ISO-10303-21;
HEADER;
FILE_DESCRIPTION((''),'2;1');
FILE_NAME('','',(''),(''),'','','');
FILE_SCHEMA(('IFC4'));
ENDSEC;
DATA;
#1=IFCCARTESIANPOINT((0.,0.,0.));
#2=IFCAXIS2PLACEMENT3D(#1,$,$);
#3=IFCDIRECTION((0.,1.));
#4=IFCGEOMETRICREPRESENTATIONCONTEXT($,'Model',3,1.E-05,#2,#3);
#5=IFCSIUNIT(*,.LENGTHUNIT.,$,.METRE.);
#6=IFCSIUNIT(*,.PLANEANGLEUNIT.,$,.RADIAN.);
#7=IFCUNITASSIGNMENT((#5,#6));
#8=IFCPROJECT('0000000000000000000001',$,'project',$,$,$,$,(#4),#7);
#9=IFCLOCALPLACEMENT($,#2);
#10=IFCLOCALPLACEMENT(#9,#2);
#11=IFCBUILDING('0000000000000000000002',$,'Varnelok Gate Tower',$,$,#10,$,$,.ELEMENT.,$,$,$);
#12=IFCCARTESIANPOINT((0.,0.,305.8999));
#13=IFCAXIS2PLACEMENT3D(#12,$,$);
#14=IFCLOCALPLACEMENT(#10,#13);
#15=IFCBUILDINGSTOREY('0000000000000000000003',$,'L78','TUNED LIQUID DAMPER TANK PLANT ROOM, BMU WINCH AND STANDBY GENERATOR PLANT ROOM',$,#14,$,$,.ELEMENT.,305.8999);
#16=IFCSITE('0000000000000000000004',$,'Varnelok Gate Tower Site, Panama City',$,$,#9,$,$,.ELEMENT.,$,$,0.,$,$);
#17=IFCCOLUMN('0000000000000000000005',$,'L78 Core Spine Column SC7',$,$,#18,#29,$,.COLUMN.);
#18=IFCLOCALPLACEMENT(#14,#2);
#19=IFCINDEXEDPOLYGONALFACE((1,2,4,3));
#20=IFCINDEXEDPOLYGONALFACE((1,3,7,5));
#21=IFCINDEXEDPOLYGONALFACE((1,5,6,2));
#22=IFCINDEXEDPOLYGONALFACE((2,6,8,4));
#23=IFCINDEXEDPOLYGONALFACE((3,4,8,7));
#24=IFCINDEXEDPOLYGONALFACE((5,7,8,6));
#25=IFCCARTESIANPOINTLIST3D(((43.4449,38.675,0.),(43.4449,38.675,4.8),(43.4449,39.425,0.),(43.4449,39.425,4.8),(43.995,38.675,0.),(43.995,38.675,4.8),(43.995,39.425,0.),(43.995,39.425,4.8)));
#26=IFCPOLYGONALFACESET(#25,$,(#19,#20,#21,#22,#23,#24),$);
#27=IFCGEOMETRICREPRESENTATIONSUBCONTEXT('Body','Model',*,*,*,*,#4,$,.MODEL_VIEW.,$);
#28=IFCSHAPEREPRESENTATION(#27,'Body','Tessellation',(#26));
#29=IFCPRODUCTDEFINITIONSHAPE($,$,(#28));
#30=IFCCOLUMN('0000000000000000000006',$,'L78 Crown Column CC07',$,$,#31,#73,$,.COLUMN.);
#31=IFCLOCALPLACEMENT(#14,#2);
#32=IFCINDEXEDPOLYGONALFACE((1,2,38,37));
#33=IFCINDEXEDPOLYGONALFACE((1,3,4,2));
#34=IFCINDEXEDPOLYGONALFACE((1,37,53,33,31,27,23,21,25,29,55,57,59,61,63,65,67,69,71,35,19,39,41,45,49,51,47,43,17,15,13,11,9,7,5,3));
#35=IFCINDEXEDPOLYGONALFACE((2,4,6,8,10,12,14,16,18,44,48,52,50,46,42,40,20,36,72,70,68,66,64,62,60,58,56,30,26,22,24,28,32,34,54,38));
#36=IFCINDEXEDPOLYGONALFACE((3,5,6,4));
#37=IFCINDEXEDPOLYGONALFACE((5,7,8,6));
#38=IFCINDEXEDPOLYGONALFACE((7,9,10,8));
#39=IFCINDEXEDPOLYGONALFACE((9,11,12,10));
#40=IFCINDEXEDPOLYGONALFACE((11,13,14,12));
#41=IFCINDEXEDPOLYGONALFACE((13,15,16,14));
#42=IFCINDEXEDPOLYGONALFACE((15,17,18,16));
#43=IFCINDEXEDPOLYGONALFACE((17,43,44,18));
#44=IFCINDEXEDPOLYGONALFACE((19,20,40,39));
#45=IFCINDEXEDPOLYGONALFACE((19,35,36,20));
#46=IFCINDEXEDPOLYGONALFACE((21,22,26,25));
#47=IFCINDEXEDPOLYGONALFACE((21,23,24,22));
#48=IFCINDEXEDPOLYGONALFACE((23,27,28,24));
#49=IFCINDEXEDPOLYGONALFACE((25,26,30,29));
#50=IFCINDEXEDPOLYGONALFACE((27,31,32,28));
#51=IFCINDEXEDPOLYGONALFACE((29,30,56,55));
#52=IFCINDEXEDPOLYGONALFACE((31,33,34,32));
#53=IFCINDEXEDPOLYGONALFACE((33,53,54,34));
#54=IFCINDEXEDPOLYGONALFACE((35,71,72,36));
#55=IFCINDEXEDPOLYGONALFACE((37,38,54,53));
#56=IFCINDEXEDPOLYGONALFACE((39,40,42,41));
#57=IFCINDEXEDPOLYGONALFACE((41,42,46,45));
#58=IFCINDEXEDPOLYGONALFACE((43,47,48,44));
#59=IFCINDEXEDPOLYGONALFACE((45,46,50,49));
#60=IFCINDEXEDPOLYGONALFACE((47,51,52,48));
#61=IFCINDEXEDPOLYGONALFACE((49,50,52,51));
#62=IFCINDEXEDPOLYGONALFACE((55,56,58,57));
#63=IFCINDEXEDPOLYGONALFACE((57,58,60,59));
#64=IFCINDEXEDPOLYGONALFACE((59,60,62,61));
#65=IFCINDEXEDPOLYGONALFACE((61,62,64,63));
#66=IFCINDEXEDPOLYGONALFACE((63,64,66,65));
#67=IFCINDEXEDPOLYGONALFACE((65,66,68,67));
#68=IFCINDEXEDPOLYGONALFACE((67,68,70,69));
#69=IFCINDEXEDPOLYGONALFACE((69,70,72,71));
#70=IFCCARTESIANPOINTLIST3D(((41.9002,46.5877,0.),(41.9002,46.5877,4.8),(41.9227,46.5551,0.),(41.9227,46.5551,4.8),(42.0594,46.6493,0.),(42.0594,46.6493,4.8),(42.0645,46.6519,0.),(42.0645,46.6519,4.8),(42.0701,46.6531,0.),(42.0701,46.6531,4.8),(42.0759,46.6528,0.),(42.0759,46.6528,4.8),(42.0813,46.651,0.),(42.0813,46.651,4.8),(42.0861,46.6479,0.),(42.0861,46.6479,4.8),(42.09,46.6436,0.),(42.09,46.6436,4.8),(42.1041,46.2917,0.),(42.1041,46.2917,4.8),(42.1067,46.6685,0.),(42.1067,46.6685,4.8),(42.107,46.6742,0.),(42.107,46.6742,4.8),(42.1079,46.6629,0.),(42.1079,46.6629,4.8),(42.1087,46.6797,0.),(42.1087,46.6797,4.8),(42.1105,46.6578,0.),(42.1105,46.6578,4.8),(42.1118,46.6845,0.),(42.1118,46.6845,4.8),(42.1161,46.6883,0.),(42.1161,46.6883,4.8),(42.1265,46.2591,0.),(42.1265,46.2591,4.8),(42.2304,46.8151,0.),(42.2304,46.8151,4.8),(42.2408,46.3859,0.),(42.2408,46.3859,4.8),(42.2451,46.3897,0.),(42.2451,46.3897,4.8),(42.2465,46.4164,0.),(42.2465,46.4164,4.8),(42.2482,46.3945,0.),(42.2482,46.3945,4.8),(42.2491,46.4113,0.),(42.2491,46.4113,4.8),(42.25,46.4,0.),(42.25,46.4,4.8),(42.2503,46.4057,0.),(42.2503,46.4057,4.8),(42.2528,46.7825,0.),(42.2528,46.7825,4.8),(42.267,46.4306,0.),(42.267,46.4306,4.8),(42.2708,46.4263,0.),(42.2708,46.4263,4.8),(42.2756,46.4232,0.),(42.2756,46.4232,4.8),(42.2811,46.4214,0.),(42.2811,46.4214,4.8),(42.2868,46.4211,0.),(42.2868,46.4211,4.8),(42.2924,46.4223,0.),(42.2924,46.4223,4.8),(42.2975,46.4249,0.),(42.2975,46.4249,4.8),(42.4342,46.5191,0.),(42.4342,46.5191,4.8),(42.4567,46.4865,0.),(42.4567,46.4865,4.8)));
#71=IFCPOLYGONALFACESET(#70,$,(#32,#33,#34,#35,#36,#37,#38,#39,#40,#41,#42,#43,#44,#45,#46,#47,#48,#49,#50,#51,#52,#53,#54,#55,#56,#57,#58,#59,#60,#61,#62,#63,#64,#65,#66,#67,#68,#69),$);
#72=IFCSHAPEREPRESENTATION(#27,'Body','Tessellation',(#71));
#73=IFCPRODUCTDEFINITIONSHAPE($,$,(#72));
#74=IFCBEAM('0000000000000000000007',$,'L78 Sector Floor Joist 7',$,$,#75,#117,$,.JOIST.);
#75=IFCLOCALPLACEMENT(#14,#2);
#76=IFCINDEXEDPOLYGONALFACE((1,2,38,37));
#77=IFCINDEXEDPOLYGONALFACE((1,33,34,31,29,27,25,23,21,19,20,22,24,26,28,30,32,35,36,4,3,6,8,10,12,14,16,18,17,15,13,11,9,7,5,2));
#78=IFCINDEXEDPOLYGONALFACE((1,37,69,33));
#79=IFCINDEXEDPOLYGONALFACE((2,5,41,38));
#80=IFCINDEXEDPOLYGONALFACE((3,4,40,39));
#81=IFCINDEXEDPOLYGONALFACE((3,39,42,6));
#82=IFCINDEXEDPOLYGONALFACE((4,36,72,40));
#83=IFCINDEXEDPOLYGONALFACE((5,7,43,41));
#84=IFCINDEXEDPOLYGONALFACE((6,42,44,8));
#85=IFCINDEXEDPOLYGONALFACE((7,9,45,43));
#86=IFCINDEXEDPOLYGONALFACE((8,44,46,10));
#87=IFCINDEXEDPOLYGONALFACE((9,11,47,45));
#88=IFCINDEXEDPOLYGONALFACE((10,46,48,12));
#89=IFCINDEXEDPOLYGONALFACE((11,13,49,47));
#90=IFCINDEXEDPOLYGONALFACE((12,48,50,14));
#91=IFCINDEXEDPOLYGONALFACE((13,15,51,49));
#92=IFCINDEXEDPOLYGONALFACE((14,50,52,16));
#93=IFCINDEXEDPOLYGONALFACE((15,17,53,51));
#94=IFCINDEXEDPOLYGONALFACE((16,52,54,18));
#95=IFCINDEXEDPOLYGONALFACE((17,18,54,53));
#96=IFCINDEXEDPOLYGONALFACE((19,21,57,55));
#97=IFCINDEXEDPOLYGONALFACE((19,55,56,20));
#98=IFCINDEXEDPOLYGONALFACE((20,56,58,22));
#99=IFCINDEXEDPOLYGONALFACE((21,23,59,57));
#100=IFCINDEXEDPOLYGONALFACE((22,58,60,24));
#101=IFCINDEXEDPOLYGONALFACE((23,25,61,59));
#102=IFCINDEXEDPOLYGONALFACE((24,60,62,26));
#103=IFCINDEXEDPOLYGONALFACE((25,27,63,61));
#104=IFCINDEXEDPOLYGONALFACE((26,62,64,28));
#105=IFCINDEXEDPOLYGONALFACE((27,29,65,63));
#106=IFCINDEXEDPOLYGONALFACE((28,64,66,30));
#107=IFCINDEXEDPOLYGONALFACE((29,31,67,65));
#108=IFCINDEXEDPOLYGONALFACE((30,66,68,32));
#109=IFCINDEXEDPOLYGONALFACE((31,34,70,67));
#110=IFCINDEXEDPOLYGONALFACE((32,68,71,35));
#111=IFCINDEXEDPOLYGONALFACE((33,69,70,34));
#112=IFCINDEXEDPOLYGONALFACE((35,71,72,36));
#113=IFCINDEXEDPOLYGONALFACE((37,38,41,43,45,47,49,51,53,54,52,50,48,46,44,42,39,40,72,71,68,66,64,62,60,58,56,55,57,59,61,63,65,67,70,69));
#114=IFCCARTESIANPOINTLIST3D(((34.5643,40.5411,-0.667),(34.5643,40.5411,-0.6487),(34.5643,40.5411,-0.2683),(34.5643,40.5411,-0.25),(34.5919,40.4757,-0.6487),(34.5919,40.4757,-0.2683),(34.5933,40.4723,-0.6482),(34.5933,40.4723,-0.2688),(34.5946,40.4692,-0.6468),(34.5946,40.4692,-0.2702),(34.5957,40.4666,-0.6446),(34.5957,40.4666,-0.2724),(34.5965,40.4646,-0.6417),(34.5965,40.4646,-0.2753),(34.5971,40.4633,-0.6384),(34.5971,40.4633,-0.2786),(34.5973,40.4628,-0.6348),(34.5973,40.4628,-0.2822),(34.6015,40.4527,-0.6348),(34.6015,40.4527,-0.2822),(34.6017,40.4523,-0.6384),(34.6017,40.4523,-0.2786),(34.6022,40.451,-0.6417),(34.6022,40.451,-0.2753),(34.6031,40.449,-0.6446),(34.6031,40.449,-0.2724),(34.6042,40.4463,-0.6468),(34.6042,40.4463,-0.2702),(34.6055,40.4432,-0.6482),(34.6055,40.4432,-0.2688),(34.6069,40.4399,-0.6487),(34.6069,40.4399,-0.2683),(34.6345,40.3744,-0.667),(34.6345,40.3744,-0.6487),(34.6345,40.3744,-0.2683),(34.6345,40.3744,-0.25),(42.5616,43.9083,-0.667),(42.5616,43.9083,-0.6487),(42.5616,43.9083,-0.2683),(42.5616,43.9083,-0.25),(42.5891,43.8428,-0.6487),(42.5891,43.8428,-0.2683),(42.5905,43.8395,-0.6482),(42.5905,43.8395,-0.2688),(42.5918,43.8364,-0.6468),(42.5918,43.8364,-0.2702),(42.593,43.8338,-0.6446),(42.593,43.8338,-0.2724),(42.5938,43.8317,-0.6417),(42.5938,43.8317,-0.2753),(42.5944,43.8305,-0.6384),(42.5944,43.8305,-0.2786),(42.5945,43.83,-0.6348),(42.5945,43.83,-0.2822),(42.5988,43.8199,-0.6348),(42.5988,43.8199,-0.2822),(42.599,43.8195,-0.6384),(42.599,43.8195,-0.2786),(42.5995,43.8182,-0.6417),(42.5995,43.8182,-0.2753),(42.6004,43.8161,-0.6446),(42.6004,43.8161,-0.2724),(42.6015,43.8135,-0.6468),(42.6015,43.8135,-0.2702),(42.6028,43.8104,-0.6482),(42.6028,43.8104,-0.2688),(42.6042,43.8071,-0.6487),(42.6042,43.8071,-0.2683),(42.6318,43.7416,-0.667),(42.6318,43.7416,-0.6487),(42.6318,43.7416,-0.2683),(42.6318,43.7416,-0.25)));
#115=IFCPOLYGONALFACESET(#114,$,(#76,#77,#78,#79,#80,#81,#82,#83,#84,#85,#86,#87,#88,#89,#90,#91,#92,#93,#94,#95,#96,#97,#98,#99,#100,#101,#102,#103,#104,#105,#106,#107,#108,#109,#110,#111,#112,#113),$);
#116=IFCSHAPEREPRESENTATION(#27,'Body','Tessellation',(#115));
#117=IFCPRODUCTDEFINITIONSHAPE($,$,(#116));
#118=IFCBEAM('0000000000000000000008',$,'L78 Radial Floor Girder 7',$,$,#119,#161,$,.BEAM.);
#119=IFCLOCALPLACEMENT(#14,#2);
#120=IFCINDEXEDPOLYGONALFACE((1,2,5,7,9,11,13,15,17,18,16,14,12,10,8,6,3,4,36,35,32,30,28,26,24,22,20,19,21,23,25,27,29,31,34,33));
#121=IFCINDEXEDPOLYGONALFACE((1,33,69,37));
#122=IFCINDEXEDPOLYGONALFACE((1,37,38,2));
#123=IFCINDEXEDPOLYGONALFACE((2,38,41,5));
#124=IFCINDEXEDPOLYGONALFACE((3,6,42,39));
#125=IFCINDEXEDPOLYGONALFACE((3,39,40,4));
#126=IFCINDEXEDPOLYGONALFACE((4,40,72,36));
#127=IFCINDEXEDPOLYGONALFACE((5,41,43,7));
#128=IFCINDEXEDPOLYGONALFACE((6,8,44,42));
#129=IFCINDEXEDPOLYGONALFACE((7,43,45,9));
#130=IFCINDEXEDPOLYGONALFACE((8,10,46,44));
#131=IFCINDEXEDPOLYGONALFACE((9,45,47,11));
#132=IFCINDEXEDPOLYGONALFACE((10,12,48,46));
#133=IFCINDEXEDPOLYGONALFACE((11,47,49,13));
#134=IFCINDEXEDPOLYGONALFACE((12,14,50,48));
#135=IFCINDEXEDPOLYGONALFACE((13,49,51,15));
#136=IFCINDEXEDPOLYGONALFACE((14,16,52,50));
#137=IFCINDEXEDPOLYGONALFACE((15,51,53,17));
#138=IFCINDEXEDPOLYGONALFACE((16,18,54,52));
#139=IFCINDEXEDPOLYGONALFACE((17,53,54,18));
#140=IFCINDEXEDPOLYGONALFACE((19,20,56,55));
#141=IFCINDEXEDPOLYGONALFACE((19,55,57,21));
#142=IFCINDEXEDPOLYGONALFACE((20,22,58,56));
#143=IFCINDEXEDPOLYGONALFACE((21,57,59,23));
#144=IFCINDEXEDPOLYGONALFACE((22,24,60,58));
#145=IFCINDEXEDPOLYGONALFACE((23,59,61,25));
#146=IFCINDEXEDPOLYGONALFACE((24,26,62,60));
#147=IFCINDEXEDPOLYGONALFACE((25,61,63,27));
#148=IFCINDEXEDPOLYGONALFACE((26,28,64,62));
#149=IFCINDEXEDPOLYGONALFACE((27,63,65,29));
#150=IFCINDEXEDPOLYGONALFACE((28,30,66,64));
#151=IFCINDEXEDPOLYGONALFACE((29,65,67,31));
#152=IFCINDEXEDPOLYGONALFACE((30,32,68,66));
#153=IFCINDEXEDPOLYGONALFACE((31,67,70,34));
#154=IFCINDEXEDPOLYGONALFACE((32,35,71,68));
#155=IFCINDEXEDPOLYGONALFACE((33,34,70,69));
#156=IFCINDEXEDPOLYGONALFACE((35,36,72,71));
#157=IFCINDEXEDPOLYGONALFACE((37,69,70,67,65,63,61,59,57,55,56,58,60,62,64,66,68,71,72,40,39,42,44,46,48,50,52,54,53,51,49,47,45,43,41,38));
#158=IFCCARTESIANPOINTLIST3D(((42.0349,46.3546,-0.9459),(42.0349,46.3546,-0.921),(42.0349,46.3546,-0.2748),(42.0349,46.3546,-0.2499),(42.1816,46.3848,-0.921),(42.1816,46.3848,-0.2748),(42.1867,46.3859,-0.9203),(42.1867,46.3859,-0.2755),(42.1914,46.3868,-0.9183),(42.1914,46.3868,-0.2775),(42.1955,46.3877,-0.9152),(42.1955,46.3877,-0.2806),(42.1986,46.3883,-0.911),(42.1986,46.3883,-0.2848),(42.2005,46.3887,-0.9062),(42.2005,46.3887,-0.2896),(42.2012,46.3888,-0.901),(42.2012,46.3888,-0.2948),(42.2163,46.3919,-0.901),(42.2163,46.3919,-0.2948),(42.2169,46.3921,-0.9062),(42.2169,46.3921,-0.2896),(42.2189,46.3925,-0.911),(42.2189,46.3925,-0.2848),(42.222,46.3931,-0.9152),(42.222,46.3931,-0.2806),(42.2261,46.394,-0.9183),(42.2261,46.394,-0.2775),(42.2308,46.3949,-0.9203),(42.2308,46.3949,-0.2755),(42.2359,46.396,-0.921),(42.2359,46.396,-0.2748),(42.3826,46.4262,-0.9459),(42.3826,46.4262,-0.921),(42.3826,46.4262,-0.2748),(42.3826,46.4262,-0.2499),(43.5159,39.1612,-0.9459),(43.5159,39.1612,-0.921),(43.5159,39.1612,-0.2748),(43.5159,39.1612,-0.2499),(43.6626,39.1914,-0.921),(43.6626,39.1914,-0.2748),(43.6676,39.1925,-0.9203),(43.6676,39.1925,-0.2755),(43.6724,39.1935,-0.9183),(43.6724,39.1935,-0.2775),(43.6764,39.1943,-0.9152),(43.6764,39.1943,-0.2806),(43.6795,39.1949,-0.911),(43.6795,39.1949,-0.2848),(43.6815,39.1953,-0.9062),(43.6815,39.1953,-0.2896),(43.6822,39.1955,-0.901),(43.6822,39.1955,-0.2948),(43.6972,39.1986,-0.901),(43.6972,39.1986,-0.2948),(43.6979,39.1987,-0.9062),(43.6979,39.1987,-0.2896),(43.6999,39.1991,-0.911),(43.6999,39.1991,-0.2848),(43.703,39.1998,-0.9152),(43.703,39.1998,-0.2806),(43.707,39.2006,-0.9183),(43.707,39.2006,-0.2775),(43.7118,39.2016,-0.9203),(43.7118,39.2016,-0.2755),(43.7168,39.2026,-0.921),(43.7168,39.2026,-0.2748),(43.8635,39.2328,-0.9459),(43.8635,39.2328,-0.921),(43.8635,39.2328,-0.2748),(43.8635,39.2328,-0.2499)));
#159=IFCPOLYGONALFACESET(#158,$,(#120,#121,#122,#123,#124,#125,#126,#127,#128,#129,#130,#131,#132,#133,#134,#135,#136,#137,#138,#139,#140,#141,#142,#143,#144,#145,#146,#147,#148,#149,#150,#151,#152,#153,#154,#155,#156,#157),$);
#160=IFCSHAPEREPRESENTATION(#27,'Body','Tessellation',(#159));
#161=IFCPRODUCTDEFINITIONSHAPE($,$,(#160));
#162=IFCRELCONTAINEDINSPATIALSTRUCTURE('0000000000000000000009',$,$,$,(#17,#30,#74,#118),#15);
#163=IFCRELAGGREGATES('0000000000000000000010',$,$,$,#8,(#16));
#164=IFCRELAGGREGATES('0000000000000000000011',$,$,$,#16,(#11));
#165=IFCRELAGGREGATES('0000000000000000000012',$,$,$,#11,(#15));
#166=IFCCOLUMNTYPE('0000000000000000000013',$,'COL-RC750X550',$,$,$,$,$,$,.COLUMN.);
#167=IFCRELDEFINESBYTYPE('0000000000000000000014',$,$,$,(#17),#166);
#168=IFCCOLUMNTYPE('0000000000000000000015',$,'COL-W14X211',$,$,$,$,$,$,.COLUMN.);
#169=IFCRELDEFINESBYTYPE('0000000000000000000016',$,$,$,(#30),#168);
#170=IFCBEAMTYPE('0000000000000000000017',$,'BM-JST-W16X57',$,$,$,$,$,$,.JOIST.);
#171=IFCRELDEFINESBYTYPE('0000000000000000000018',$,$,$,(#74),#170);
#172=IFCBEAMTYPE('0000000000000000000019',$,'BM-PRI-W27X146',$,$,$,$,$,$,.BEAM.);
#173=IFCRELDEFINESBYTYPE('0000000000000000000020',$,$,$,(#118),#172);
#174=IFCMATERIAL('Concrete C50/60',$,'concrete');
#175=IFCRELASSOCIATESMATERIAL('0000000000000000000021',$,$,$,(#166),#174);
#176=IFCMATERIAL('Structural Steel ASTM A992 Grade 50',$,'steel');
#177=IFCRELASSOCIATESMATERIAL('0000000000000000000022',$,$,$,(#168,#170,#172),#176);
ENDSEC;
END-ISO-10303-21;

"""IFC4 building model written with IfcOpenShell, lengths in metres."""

from ifc_helpers import new_model, si_unit, direction, frame, origin, origin_2d, place, context, subcontext, project, spatial, rectangle, i_section, extrude, material, material_profile, profile_set, type_object, element, save


model = new_model("IFC4")

# Units and contexts
model_context = context("Model", 3, precision=1e-05, world=origin(), true_north=direction((0.0, 1.0)))
body_context = subcontext(model_context, "Body", "Model", "MODEL_VIEW")
ifc_project = project(units=[si_unit("LENGTHUNIT", "METRE"), si_unit("PLANEANGLEUNIT", "RADIAN")], contexts=[model_context])

# Site, building, storey
site_placement = place(None, origin())
site = spatial("IfcSite", under=ifc_project, at=site_placement, Name="Varnelok Gate Tower Site, Panama City", CompositionType="ELEMENT", RefElevation=0.0)
building_placement = place(site_placement, origin())
building = spatial("IfcBuilding", under=site, at=building_placement, Name="Varnelok Gate Tower", CompositionType="ELEMENT")
storey_placement = place(building_placement, frame((0.0, 0.0, 305.8999)))
storey = spatial("IfcBuildingStorey", under=building, at=storey_placement, Name="L78", Description="TUNED LIQUID DAMPER TANK PLANT ROOM, BMU WINCH AND STANDBY GENERATOR PLANT ROOM", CompositionType="ELEMENT", Elevation=305.8999)

# Columns
ifc_material_1 = material(Name="Concrete C50/60", Category="concrete")
ifc_material_profile_1 = material_profile(ifc_material_1, rectangle(XDim=0.55, YDim=0.75, at=origin_2d()), Name="RC750X550")
ifc_profile_set_1 = profile_set([ifc_material_profile_1], Name="Concrete C50/60")
column_type_1 = type_object("IfcColumnType", Name="COL-RC750X550", PredefinedType="COLUMN", material=ifc_profile_set_1)
column_1_placement = place(storey_placement, frame((43.72, 39.05, 0.0), z_axis=(0.0, 0.0, 1.0), x_axis=(1.0, 0.0, 0.0)))
element("IfcColumn", 1, at=column_1_placement, inside=storey, type_object=column_type_1, Name="L78 Core Spine Column SC7", PredefinedType="COLUMN", context=body_context, shape_type="SweptSolid", body=[
    extrude(rectangle(XDim=0.55, YDim=0.75, at=origin_2d()), origin(), (0.0, 0.0, 1.0), 4.8),
])
ifc_material_2 = material(Name="Structural Steel ASTM A992 Grade 50", Category="steel")
ifc_material_profile_2 = material_profile(ifc_material_2, i_section(OverallWidth=0.4009, OverallDepth=0.3989, WebThickness=0.0249, FlangeThickness=0.0396, FilletRadius=0.022, at=origin_2d()), Name="W14X211")
ifc_profile_set_2 = profile_set([ifc_material_profile_2], Name="Structural Steel ASTM A992 Grade 50")
column_type_2 = type_object("IfcColumnType", Name="COL-W14X211", PredefinedType="COLUMN", material=ifc_profile_set_2)
column_2_placement = place(storey_placement, frame((42.1785, 46.5371, 0.0), z_axis=(0.0, 0.0, 1.0), x_axis=(0.823533, 0.567269, 0.0)))
element("IfcColumn", 2, at=column_2_placement, inside=storey, type_object=column_type_2, Name="L78 Crown Column CC07", PredefinedType="COLUMN", context=body_context, shape_type="SweptSolid", body=[
    extrude(i_section(OverallWidth=0.4009, OverallDepth=0.3989, WebThickness=0.0249, FlangeThickness=0.0396, FilletRadius=0.022, at=origin_2d()), origin(), (0.0, 0.0, 1.0), 4.8),
])

# Beams
ifc_material_profile_3 = material_profile(ifc_material_2, i_section(OverallWidth=0.1809, OverallDepth=0.417, WebThickness=0.011, FlangeThickness=0.0183, FilletRadius=0.0139, at=origin_2d()), Name="W16X57")
ifc_profile_set_3 = profile_set([ifc_material_profile_3], Name="Structural Steel ASTM A992 Grade 50")
beam_type_1 = type_object("IfcBeamType", Name="BM-JST-W16X57", PredefinedType="JOIST", material=ifc_profile_set_3)
beam_1_placement = place(storey_placement, frame((42.5967, 43.825, -0.4585), z_axis=(-0.92164, -0.388047, 0.0), x_axis=(0.388047, -0.92164, 0.0)))
element("IfcBeam", 3, at=beam_1_placement, inside=storey, type_object=beam_type_1, Name="L78 Sector Floor Joist 7", PredefinedType="JOIST", context=body_context, shape_type="SweptSolid", body=[
    extrude(i_section(OverallWidth=0.1809, OverallDepth=0.417, WebThickness=0.011, FlangeThickness=0.0183, FilletRadius=0.0139, at=origin_2d()), origin(), (0.0, 0.0, 1.0), 8.6772),
])
ifc_material_profile_4 = material_profile(ifc_material_2, i_section(OverallWidth=0.355, OverallDepth=0.696, WebThickness=0.0154, FlangeThickness=0.0249, FilletRadius=0.02, at=origin_2d()), Name="W27X146")
ifc_profile_set_4 = profile_set([ifc_material_profile_4], Name="Structural Steel ASTM A992 Grade 50")
beam_type_2 = type_object("IfcBeamType", Name="BM-PRI-W27X146", PredefinedType="BEAM", material=ifc_profile_set_4)
beam_2_placement = place(storey_placement, frame((43.6897, 39.197, -0.5979), z_axis=(-0.201649, 0.979458, 0.0), x_axis=(-0.979458, -0.201649, 0.0)))
element("IfcBeam", 4, at=beam_2_placement, inside=storey, type_object=beam_type_2, Name="L78 Radial Floor Girder 7", PredefinedType="BEAM", context=body_context, shape_type="SweptSolid", body=[
    extrude(i_section(OverallWidth=0.355, OverallDepth=0.696, WebThickness=0.0154, FlangeThickness=0.0249, FilletRadius=0.02, at=origin_2d()), origin(), (0.0, 0.0, 1.0), 7.3442),
])

save(model, "model.ifc")
